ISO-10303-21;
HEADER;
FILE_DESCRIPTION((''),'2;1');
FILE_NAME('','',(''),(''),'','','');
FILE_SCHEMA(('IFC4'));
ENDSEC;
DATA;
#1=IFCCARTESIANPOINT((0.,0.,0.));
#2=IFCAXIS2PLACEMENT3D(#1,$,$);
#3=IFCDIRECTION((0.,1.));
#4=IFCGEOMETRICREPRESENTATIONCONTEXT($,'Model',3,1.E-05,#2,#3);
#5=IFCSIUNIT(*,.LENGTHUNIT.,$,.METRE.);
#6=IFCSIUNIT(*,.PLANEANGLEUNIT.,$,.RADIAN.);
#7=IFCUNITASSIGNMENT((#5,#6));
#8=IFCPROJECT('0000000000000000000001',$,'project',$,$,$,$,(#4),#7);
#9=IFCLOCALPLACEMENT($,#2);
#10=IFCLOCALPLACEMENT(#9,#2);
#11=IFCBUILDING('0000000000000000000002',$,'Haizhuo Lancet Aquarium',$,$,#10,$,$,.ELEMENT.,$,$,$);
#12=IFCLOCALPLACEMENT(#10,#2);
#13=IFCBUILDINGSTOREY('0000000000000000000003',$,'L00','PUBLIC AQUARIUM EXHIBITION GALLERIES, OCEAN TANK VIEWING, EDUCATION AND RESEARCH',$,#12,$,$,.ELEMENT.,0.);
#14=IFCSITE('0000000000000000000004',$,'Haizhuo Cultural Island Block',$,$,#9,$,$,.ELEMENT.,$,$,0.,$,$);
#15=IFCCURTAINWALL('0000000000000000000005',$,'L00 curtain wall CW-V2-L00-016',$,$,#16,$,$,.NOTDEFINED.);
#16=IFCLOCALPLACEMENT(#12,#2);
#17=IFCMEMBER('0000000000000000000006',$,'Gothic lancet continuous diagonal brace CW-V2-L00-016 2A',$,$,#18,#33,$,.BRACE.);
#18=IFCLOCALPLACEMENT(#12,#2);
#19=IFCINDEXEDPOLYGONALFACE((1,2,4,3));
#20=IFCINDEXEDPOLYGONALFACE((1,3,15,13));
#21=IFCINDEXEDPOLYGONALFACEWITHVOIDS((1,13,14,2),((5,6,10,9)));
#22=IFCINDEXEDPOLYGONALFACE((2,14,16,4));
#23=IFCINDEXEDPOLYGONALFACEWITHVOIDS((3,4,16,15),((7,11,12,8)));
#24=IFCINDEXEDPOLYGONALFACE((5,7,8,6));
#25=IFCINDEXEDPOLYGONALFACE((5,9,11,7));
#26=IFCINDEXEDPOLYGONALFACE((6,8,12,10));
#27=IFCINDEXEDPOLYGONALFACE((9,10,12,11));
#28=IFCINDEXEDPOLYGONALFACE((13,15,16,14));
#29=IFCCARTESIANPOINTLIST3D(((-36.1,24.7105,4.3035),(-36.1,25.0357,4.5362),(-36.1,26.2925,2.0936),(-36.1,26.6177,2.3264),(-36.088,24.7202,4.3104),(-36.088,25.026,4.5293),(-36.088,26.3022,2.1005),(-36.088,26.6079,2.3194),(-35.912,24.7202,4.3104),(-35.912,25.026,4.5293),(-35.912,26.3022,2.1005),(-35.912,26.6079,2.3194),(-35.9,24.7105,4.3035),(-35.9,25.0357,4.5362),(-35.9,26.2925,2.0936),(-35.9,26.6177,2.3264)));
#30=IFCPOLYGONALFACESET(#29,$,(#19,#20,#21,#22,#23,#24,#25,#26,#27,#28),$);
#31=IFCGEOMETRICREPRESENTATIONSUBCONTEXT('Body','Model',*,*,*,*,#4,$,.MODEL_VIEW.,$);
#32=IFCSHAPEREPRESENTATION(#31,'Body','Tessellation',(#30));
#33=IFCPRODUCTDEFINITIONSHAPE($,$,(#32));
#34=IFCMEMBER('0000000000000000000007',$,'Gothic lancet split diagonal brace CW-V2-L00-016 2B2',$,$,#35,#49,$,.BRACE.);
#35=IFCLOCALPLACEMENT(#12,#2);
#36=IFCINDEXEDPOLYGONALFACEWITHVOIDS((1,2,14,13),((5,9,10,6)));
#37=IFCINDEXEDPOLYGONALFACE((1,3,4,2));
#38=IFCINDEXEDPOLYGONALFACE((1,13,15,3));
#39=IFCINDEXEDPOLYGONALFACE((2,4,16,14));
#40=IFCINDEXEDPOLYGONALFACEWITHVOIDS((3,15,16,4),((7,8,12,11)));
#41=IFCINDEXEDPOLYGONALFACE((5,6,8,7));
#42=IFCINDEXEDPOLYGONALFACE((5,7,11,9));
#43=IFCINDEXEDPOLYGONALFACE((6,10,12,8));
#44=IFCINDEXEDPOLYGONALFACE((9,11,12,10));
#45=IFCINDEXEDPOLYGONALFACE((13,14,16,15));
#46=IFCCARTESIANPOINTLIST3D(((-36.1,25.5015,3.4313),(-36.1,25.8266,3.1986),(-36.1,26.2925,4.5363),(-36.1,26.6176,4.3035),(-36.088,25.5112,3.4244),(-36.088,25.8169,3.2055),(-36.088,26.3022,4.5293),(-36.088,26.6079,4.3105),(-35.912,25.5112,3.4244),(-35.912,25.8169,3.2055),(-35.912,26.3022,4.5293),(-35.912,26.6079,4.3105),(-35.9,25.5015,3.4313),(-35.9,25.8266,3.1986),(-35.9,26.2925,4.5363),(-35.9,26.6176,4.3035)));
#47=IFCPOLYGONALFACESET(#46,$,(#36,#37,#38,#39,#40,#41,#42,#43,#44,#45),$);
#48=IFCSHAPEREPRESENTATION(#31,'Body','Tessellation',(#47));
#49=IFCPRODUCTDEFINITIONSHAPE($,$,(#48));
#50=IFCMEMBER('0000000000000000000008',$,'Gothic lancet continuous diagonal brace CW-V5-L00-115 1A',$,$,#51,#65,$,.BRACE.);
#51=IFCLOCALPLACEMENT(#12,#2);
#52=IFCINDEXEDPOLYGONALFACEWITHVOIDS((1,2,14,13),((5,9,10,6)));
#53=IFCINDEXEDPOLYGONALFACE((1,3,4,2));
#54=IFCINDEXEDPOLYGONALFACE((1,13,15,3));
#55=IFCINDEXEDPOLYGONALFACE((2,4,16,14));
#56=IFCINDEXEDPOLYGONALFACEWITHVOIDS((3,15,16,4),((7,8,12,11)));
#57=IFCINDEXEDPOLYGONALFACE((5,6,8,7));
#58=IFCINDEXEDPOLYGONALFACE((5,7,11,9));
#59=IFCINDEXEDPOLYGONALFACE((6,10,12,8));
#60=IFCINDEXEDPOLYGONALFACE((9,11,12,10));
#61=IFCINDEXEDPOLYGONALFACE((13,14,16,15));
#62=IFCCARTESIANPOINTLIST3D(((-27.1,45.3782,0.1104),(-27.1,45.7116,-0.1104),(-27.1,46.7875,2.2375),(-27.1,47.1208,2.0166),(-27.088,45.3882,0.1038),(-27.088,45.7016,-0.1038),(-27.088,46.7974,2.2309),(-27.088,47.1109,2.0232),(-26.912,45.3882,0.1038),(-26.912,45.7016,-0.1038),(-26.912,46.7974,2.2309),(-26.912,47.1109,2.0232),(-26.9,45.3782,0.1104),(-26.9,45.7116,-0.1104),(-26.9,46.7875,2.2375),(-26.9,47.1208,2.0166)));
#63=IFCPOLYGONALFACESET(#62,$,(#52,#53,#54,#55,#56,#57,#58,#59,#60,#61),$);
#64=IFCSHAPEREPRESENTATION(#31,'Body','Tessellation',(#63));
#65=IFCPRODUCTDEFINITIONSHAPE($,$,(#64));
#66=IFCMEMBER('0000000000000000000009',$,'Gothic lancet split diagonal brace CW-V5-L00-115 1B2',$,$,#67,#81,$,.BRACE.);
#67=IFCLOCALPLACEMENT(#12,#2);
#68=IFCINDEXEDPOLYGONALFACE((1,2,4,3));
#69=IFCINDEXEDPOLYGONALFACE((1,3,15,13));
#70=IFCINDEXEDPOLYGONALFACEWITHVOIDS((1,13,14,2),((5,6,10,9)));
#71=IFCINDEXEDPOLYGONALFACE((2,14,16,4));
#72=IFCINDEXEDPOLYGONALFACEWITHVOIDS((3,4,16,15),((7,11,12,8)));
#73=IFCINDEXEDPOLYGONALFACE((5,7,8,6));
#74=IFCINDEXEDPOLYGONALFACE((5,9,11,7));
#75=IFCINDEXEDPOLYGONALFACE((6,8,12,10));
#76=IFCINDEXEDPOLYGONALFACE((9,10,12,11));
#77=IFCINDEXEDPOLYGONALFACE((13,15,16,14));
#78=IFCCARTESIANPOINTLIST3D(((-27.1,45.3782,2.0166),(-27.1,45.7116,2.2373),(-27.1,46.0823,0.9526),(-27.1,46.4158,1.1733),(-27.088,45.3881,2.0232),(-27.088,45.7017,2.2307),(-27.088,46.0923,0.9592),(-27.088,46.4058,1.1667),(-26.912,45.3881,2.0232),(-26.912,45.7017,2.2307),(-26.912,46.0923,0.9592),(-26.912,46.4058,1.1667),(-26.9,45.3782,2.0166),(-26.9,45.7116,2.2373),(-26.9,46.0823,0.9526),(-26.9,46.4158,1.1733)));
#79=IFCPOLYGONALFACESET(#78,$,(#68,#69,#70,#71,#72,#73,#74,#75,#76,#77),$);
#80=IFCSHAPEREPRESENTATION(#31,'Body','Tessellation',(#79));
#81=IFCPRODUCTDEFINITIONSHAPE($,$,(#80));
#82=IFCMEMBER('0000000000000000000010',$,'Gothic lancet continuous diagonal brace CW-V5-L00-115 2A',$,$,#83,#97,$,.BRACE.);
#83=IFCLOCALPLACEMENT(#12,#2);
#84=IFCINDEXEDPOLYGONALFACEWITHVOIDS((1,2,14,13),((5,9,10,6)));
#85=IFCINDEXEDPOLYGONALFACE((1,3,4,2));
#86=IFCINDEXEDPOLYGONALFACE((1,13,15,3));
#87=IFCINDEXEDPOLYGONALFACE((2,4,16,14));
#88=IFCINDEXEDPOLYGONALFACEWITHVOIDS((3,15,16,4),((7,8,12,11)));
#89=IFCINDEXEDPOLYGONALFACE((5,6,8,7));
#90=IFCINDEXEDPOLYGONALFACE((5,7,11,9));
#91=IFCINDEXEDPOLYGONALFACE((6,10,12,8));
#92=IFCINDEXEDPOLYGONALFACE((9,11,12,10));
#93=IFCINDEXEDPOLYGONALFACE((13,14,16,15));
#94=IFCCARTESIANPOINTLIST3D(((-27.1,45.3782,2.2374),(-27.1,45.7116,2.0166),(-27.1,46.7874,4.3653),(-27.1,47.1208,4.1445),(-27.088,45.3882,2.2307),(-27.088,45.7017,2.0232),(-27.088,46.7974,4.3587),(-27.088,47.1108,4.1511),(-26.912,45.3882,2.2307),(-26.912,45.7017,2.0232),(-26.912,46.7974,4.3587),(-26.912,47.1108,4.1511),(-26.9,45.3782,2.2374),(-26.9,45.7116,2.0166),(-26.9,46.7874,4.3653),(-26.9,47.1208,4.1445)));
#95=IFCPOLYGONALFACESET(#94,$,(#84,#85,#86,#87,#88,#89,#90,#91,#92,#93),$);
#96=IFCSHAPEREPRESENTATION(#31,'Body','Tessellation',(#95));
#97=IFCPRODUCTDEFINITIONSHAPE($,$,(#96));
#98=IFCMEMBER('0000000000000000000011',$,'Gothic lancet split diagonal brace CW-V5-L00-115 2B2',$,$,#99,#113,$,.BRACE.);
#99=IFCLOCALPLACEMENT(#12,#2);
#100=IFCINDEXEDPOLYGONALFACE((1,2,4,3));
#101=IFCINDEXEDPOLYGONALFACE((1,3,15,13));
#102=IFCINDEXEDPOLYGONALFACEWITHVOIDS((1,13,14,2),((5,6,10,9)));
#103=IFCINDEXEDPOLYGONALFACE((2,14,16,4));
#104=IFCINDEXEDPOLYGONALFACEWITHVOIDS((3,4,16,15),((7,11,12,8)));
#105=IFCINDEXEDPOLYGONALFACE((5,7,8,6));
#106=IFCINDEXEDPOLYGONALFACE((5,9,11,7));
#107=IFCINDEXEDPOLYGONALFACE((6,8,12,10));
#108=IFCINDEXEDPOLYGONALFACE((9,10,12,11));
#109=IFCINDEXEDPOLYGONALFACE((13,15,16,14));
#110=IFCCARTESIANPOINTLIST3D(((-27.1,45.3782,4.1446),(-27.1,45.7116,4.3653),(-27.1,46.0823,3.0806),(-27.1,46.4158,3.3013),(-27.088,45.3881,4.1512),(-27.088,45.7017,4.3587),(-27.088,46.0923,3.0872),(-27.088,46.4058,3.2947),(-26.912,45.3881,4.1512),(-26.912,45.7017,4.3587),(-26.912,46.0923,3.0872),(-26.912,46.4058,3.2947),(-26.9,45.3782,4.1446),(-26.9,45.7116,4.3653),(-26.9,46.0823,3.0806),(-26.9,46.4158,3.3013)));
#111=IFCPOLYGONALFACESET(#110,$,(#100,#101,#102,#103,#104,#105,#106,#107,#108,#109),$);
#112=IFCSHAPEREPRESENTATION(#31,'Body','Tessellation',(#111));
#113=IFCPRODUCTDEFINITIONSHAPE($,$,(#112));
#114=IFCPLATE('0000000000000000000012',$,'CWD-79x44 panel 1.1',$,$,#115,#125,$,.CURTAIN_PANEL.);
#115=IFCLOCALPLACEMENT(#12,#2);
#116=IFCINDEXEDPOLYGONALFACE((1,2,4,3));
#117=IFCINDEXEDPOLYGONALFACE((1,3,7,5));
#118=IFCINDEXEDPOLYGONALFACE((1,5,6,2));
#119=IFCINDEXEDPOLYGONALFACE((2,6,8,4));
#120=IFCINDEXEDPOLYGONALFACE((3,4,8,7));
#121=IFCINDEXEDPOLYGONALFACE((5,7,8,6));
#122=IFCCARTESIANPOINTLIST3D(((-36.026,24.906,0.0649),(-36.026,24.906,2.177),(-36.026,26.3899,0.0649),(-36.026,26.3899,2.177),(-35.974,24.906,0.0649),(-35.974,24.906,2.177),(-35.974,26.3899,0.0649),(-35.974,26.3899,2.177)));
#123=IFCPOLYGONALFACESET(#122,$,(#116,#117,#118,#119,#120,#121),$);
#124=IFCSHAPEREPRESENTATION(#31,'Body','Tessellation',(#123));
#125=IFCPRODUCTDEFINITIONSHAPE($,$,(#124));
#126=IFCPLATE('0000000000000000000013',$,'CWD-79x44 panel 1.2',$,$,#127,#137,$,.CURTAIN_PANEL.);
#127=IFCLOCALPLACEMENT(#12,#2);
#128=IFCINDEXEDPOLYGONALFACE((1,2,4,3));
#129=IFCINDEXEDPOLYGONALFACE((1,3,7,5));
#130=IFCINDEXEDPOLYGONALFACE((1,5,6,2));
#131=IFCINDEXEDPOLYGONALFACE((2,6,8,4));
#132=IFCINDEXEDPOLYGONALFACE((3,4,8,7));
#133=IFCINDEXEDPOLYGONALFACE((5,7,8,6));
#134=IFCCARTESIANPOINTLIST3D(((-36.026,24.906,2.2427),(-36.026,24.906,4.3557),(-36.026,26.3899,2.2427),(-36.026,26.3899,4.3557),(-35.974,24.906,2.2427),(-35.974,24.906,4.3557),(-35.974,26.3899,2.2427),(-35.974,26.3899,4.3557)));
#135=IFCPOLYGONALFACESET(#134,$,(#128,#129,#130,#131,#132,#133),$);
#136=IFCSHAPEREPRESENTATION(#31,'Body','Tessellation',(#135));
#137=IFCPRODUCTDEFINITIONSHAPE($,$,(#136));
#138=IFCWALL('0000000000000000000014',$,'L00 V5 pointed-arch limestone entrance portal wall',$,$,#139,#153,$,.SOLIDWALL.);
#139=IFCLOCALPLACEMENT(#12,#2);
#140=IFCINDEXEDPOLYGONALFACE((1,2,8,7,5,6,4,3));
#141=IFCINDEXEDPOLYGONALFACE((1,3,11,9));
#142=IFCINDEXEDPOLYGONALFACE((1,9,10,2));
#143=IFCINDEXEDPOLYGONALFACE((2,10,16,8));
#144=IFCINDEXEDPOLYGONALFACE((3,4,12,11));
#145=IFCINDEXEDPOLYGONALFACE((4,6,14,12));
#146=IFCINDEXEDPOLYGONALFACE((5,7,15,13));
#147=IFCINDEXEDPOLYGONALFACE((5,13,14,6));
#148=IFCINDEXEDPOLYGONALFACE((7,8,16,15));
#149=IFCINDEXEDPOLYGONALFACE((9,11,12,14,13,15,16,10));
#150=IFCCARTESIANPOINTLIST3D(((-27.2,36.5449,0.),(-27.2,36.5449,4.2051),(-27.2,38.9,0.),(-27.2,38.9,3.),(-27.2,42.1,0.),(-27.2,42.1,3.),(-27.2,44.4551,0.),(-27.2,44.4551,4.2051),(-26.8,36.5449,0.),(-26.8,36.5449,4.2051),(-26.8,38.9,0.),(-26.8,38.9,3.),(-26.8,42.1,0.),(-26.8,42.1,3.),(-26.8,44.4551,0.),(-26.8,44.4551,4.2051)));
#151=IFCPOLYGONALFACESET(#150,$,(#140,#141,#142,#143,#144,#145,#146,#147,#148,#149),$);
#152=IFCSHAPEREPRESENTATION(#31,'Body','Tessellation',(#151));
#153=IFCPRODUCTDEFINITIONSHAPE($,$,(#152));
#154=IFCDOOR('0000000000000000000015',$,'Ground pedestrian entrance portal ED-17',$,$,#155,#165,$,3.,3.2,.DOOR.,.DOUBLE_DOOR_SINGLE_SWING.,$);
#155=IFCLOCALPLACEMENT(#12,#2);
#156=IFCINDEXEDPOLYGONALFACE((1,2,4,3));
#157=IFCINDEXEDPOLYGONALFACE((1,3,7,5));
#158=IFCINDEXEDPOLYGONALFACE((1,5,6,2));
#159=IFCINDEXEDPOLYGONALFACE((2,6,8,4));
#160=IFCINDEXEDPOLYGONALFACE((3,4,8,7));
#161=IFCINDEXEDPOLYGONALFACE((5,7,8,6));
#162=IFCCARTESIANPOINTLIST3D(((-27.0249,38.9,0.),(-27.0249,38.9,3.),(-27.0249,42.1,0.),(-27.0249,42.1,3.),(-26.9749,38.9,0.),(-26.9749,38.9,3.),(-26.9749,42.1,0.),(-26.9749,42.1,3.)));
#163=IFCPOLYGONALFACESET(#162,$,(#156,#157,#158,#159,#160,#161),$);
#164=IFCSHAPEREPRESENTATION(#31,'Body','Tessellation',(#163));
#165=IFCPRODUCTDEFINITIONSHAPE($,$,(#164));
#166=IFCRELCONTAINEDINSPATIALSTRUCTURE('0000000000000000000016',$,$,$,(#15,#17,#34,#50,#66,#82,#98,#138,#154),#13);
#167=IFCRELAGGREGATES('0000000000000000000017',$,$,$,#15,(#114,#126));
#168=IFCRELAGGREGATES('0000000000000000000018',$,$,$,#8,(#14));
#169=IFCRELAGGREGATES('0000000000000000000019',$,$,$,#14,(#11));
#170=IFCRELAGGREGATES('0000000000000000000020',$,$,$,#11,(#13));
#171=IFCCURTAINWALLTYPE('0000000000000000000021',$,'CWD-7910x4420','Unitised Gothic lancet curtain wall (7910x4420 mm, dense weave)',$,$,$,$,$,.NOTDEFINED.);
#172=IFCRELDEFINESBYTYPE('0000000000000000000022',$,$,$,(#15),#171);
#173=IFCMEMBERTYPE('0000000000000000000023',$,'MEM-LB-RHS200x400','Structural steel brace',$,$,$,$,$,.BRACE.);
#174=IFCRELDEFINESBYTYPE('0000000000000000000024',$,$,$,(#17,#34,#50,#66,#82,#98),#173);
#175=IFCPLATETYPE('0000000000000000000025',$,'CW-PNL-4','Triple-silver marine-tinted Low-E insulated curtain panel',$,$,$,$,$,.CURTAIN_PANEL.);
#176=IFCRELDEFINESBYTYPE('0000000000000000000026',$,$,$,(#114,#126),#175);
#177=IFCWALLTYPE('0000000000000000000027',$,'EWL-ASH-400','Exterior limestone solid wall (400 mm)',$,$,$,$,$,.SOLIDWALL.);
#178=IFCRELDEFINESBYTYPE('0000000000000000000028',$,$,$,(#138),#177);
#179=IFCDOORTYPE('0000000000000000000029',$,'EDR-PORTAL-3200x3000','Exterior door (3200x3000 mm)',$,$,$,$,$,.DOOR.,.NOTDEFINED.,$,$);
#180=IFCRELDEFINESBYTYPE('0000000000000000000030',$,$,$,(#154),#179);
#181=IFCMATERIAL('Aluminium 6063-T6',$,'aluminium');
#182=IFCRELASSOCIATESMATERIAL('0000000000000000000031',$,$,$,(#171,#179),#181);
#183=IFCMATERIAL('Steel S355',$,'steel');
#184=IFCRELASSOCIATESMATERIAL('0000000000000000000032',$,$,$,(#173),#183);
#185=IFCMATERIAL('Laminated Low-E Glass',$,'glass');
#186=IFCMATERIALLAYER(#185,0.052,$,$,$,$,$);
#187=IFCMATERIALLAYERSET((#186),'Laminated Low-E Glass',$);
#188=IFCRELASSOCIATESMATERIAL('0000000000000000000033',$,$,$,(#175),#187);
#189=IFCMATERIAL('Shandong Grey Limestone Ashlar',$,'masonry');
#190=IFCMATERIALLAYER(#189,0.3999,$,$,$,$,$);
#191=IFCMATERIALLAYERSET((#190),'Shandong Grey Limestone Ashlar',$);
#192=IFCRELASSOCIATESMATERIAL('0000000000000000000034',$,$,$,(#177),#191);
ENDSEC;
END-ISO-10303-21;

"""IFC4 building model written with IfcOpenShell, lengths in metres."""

from ifc_helpers import new_model, si_unit, direction, frame, frame_2d, origin, origin_2d, place, context, subcontext, project, spatial, rectangle, hollow_rectangle, extrude, material, layer, layer_set, material_profile, profile_set, type_object, element, fill, aggregate, save


model = new_model("IFC4")

# Units and contexts
model_context = context("Model", 3, precision=1e-05, world=origin(), true_north=direction((0.0, 1.0)))
body_context = subcontext(model_context, "Body", "Model", "MODEL_VIEW")
ifc_project = project(units=[si_unit("LENGTHUNIT", "METRE"), si_unit("PLANEANGLEUNIT", "RADIAN")], contexts=[model_context])

# Site, building, storey
site_placement = place(None, origin())
site = spatial("IfcSite", under=ifc_project, at=site_placement, Name="Haizhuo Cultural Island Block", CompositionType="ELEMENT", RefElevation=0.0)
building_placement = place(site_placement, origin())
building = spatial("IfcBuilding", under=site, at=building_placement, Name="Haizhuo Lancet Aquarium", CompositionType="ELEMENT")
storey_placement = place(building_placement, origin())
storey = spatial("IfcBuildingStorey", under=building, at=storey_placement, Name="L00", Description="PUBLIC AQUARIUM EXHIBITION GALLERIES, OCEAN TANK VIEWING, EDUCATION AND RESEARCH", CompositionType="ELEMENT", Elevation=0.0)

# Shared definitions
ifc_material_1 = material(Name="Steel S355", Category="steel")

# Curtain wall
ifc_material_2 = material(Name="Aluminium 6063-T6", Category="aluminium")
curtain_wall_type_1 = type_object("IfcCurtainWallType", Name="CWD-7910x4420", Description="Unitised Gothic lancet curtain wall (7910x4420 mm, dense weave)", PredefinedType="NOTDEFINED", material=ifc_material_2)
curtain_wall_1_placement = place(storey_placement, origin())
curtain_wall_1 = element("IfcCurtainWall", 1, at=curtain_wall_1_placement, inside=storey, type_object=curtain_wall_type_1, Name="L00 curtain wall CW-V2-L00-016", PredefinedType="NOTDEFINED")

# Members
ifc_material_profile_1 = material_profile(ifc_material_1, hollow_rectangle(XDim=0.2, YDim=0.3999, WallThickness=0.012, at=origin_2d()), Name="RHS 200x400x12")
ifc_profile_set_1 = profile_set([ifc_material_profile_1], Name="Steel S355")
member_type_1 = type_object("IfcMemberType", Name="MEM-LB-RHS200x400", Description="Structural steel brace", PredefinedType="BRACE", material=ifc_profile_set_1)
member_1_placement = place(storey_placement, frame((-36.0, 26.4551, 2.21), z_axis=(0.0, -0.582088, 0.813126), x_axis=(1.0, 0.0, 0.0)))
element("IfcMember", 2, at=member_1_placement, inside=storey, type_object=member_type_1, Name="Gothic lancet continuous diagonal brace CW-V2-L00-016 2A", PredefinedType="BRACE", context=body_context, shape_type="SweptSolid", body=[
    extrude(hollow_rectangle(XDim=0.2, YDim=0.3999, WallThickness=0.012, at=origin_2d()), origin(), (0.0, 0.0, 1.0), 2.7178),
])
member_2_placement = place(storey_placement, frame((-36.0, 25.6641, 3.3149), z_axis=(0.0, 0.582088, 0.813126), x_axis=(-1.0, 0.0, 0.0)))
element("IfcMember", 3, at=member_2_placement, inside=storey, type_object=member_type_1, Name="Gothic lancet split diagonal brace CW-V2-L00-016 2B2", PredefinedType="BRACE", context=body_context, shape_type="SweptSolid", body=[
    extrude(hollow_rectangle(XDim=0.2, YDim=0.3999, WallThickness=0.012, at=origin_2d()), origin(), (0.0, 0.0, 1.0), 1.3589),
])
member_3_placement = place(storey_placement, frame((-27.0, 45.5449, 0.0), z_axis=(0.0, 0.552313, 0.833637), x_axis=(-1.0, 0.0, 0.0)))
element("IfcMember", 4, at=member_3_placement, inside=storey, type_object=member_type_1, Name="Gothic lancet continuous diagonal brace CW-V5-L00-115 1A", PredefinedType="BRACE", context=body_context, shape_type="SweptSolid", body=[
    extrude(hollow_rectangle(XDim=0.2, YDim=0.3999, WallThickness=0.012, at=origin_2d()), origin(), (0.0, 0.0, 1.0), 2.5515),
])
member_4_placement = place(storey_placement, frame((-27.0, 46.249, 1.063), z_axis=(0.0, -0.551871, 0.83393), x_axis=(1.0, 0.0, 0.0)))
element("IfcMember", 5, at=member_4_placement, inside=storey, type_object=member_type_1, Name="Gothic lancet split diagonal brace CW-V5-L00-115 1B2", PredefinedType="BRACE", context=body_context, shape_type="SweptSolid", body=[
    extrude(hollow_rectangle(XDim=0.2, YDim=0.3999, WallThickness=0.012, at=origin_2d()), origin(), (0.0, 0.0, 1.0), 1.2759),
])
member_5_placement = place(storey_placement, frame((-27.0, 45.5449, 2.127), z_axis=(0.0, 0.552137, 0.833753), x_axis=(-1.0, 0.0, 0.0)))
element("IfcMember", 6, at=member_5_placement, inside=storey, type_object=member_type_1, Name="Gothic lancet continuous diagonal brace CW-V5-L00-115 2A", PredefinedType="BRACE", context=body_context, shape_type="SweptSolid", body=[
    extrude(hollow_rectangle(XDim=0.2, YDim=0.3999, WallThickness=0.012, at=origin_2d()), origin(), (0.0, 0.0, 1.0), 2.5522),
])
member_6_placement = place(storey_placement, frame((-27.0, 46.249, 3.1909), z_axis=(0.0, -0.551871, 0.83393), x_axis=(1.0, 0.0, 0.0)))
element("IfcMember", 7, at=member_6_placement, inside=storey, type_object=member_type_1, Name="Gothic lancet split diagonal brace CW-V5-L00-115 2B2", PredefinedType="BRACE", context=body_context, shape_type="SweptSolid", body=[
    extrude(hollow_rectangle(XDim=0.2, YDim=0.3999, WallThickness=0.012, at=origin_2d()), origin(), (0.0, 0.0, 1.0), 1.2759),
])

# Plates
ifc_material_3 = material(Name="Laminated Low-E Glass", Category="glass")
ifc_layer_1 = layer(ifc_material_3, 0.052)
ifc_layer_set_1 = layer_set([ifc_layer_1], Name="Laminated Low-E Glass")
plate_type = type_object("IfcPlateType", Name="CW-PNL-4", Description="Triple-silver marine-tinted Low-E insulated curtain panel", PredefinedType="CURTAIN_PANEL", material=ifc_layer_set_1)
plate_1_placement = place(storey_placement, frame((-36.0, 25.6479, 0.0649), z_axis=(0.0, 0.0, 1.0), x_axis=(0.0, -1.0, 0.0)))
plate_1 = element("IfcPlate", 8, at=plate_1_placement, type_object=plate_type, Name="CWD-79x44 panel 1.1", PredefinedType="CURTAIN_PANEL", context=body_context, shape_type="SweptSolid", body=[
    extrude(rectangle(XDim=1.4839, YDim=0.052, at=origin_2d()), origin(), (0.0, 0.0, 1.0), 2.1121),
])
plate_2_placement = place(storey_placement, frame((-36.0, 25.6479, 2.2427), z_axis=(0.0, 0.0, 1.0), x_axis=(0.0, -1.0, 0.0)))
plate_2 = element("IfcPlate", 9, at=plate_2_placement, type_object=plate_type, Name="CWD-79x44 panel 1.2", PredefinedType="CURTAIN_PANEL", context=body_context, shape_type="SweptSolid", body=[
    extrude(rectangle(XDim=1.4839, YDim=0.052, at=origin_2d()), origin(), (0.0, 0.0, 1.0), 2.113),
])
aggregate(curtain_wall_1, [plate_1, plate_2])

# Wall, opening, door
ifc_material_4 = material(Name="Shandong Grey Limestone Ashlar", Category="masonry")
ifc_layer_2 = layer(ifc_material_4, 0.3999)
ifc_layer_set_2 = layer_set([ifc_layer_2], Name="Shandong Grey Limestone Ashlar")
wall_type_1 = type_object("IfcWallType", Name="EWL-ASH-400", Description="Exterior limestone solid wall (400 mm)", PredefinedType="SOLIDWALL", material=ifc_layer_set_2)
wall_1_placement = place(storey_placement, frame((-27.0, 36.5449, 0.0), z_axis=(0.0, 0.0, 1.0), x_axis=(0.0, 1.0, 0.0)))
wall_1 = element("IfcWall", 10, at=wall_1_placement, inside=storey, type_object=wall_type_1, Name="L00 V5 pointed-arch limestone entrance portal wall", PredefinedType="SOLIDWALL", context=body_context, shape_type="SweptSolid", body=[
    extrude(rectangle(XDim=7.9102, YDim=0.3999, at=frame_2d((3.9551, 0.0))), origin(), (0.0, 0.0, 1.0), 4.2051),
])
opening_1_placement = place(wall_1_placement, frame((2.355, 0.0, 0.0)))
opening_1 = element("IfcOpeningElement", 11, at=opening_1_placement, cuts=wall_1, PredefinedType="OPENING", context=body_context, shape_type="SweptSolid", body=[
    extrude(rectangle(XDim=3.2, YDim=3.0, at=frame_2d((1.6001, 1.5))), frame((0.0, 0.21, 0.0), z_axis=(0.0, -1.0, 0.0), x_axis=(1.0, 0.0, 0.0)), (0.0, 0.0, 1.0), 0.4199),
])
door_type = type_object("IfcDoorType", Name="EDR-PORTAL-3200x3000", Description="Exterior door (3200x3000 mm)", OperationType="NOTDEFINED", PredefinedType="DOOR", material=ifc_material_2)
door_placement = place(opening_1_placement, origin())
door = element("IfcDoor", 12, at=door_placement, inside=storey, type_object=door_type, Name="Ground pedestrian entrance portal ED-17", OperationType="DOUBLE_DOOR_SINGLE_SWING", OverallHeight=3.0, OverallWidth=3.2, PredefinedType="DOOR", context=body_context, shape_type="SweptSolid", body=[
    extrude(rectangle(XDim=3.2, YDim=3.0, at=frame_2d((1.6001, 1.5))), frame((0.0, 0.0249, 0.0), z_axis=(0.0, -1.0, 0.0), x_axis=(1.0, 0.0, 0.0)), (0.0, 0.0, 1.0), 0.05),
])
fill(opening_1, door)

save(model, "model.ifc")
